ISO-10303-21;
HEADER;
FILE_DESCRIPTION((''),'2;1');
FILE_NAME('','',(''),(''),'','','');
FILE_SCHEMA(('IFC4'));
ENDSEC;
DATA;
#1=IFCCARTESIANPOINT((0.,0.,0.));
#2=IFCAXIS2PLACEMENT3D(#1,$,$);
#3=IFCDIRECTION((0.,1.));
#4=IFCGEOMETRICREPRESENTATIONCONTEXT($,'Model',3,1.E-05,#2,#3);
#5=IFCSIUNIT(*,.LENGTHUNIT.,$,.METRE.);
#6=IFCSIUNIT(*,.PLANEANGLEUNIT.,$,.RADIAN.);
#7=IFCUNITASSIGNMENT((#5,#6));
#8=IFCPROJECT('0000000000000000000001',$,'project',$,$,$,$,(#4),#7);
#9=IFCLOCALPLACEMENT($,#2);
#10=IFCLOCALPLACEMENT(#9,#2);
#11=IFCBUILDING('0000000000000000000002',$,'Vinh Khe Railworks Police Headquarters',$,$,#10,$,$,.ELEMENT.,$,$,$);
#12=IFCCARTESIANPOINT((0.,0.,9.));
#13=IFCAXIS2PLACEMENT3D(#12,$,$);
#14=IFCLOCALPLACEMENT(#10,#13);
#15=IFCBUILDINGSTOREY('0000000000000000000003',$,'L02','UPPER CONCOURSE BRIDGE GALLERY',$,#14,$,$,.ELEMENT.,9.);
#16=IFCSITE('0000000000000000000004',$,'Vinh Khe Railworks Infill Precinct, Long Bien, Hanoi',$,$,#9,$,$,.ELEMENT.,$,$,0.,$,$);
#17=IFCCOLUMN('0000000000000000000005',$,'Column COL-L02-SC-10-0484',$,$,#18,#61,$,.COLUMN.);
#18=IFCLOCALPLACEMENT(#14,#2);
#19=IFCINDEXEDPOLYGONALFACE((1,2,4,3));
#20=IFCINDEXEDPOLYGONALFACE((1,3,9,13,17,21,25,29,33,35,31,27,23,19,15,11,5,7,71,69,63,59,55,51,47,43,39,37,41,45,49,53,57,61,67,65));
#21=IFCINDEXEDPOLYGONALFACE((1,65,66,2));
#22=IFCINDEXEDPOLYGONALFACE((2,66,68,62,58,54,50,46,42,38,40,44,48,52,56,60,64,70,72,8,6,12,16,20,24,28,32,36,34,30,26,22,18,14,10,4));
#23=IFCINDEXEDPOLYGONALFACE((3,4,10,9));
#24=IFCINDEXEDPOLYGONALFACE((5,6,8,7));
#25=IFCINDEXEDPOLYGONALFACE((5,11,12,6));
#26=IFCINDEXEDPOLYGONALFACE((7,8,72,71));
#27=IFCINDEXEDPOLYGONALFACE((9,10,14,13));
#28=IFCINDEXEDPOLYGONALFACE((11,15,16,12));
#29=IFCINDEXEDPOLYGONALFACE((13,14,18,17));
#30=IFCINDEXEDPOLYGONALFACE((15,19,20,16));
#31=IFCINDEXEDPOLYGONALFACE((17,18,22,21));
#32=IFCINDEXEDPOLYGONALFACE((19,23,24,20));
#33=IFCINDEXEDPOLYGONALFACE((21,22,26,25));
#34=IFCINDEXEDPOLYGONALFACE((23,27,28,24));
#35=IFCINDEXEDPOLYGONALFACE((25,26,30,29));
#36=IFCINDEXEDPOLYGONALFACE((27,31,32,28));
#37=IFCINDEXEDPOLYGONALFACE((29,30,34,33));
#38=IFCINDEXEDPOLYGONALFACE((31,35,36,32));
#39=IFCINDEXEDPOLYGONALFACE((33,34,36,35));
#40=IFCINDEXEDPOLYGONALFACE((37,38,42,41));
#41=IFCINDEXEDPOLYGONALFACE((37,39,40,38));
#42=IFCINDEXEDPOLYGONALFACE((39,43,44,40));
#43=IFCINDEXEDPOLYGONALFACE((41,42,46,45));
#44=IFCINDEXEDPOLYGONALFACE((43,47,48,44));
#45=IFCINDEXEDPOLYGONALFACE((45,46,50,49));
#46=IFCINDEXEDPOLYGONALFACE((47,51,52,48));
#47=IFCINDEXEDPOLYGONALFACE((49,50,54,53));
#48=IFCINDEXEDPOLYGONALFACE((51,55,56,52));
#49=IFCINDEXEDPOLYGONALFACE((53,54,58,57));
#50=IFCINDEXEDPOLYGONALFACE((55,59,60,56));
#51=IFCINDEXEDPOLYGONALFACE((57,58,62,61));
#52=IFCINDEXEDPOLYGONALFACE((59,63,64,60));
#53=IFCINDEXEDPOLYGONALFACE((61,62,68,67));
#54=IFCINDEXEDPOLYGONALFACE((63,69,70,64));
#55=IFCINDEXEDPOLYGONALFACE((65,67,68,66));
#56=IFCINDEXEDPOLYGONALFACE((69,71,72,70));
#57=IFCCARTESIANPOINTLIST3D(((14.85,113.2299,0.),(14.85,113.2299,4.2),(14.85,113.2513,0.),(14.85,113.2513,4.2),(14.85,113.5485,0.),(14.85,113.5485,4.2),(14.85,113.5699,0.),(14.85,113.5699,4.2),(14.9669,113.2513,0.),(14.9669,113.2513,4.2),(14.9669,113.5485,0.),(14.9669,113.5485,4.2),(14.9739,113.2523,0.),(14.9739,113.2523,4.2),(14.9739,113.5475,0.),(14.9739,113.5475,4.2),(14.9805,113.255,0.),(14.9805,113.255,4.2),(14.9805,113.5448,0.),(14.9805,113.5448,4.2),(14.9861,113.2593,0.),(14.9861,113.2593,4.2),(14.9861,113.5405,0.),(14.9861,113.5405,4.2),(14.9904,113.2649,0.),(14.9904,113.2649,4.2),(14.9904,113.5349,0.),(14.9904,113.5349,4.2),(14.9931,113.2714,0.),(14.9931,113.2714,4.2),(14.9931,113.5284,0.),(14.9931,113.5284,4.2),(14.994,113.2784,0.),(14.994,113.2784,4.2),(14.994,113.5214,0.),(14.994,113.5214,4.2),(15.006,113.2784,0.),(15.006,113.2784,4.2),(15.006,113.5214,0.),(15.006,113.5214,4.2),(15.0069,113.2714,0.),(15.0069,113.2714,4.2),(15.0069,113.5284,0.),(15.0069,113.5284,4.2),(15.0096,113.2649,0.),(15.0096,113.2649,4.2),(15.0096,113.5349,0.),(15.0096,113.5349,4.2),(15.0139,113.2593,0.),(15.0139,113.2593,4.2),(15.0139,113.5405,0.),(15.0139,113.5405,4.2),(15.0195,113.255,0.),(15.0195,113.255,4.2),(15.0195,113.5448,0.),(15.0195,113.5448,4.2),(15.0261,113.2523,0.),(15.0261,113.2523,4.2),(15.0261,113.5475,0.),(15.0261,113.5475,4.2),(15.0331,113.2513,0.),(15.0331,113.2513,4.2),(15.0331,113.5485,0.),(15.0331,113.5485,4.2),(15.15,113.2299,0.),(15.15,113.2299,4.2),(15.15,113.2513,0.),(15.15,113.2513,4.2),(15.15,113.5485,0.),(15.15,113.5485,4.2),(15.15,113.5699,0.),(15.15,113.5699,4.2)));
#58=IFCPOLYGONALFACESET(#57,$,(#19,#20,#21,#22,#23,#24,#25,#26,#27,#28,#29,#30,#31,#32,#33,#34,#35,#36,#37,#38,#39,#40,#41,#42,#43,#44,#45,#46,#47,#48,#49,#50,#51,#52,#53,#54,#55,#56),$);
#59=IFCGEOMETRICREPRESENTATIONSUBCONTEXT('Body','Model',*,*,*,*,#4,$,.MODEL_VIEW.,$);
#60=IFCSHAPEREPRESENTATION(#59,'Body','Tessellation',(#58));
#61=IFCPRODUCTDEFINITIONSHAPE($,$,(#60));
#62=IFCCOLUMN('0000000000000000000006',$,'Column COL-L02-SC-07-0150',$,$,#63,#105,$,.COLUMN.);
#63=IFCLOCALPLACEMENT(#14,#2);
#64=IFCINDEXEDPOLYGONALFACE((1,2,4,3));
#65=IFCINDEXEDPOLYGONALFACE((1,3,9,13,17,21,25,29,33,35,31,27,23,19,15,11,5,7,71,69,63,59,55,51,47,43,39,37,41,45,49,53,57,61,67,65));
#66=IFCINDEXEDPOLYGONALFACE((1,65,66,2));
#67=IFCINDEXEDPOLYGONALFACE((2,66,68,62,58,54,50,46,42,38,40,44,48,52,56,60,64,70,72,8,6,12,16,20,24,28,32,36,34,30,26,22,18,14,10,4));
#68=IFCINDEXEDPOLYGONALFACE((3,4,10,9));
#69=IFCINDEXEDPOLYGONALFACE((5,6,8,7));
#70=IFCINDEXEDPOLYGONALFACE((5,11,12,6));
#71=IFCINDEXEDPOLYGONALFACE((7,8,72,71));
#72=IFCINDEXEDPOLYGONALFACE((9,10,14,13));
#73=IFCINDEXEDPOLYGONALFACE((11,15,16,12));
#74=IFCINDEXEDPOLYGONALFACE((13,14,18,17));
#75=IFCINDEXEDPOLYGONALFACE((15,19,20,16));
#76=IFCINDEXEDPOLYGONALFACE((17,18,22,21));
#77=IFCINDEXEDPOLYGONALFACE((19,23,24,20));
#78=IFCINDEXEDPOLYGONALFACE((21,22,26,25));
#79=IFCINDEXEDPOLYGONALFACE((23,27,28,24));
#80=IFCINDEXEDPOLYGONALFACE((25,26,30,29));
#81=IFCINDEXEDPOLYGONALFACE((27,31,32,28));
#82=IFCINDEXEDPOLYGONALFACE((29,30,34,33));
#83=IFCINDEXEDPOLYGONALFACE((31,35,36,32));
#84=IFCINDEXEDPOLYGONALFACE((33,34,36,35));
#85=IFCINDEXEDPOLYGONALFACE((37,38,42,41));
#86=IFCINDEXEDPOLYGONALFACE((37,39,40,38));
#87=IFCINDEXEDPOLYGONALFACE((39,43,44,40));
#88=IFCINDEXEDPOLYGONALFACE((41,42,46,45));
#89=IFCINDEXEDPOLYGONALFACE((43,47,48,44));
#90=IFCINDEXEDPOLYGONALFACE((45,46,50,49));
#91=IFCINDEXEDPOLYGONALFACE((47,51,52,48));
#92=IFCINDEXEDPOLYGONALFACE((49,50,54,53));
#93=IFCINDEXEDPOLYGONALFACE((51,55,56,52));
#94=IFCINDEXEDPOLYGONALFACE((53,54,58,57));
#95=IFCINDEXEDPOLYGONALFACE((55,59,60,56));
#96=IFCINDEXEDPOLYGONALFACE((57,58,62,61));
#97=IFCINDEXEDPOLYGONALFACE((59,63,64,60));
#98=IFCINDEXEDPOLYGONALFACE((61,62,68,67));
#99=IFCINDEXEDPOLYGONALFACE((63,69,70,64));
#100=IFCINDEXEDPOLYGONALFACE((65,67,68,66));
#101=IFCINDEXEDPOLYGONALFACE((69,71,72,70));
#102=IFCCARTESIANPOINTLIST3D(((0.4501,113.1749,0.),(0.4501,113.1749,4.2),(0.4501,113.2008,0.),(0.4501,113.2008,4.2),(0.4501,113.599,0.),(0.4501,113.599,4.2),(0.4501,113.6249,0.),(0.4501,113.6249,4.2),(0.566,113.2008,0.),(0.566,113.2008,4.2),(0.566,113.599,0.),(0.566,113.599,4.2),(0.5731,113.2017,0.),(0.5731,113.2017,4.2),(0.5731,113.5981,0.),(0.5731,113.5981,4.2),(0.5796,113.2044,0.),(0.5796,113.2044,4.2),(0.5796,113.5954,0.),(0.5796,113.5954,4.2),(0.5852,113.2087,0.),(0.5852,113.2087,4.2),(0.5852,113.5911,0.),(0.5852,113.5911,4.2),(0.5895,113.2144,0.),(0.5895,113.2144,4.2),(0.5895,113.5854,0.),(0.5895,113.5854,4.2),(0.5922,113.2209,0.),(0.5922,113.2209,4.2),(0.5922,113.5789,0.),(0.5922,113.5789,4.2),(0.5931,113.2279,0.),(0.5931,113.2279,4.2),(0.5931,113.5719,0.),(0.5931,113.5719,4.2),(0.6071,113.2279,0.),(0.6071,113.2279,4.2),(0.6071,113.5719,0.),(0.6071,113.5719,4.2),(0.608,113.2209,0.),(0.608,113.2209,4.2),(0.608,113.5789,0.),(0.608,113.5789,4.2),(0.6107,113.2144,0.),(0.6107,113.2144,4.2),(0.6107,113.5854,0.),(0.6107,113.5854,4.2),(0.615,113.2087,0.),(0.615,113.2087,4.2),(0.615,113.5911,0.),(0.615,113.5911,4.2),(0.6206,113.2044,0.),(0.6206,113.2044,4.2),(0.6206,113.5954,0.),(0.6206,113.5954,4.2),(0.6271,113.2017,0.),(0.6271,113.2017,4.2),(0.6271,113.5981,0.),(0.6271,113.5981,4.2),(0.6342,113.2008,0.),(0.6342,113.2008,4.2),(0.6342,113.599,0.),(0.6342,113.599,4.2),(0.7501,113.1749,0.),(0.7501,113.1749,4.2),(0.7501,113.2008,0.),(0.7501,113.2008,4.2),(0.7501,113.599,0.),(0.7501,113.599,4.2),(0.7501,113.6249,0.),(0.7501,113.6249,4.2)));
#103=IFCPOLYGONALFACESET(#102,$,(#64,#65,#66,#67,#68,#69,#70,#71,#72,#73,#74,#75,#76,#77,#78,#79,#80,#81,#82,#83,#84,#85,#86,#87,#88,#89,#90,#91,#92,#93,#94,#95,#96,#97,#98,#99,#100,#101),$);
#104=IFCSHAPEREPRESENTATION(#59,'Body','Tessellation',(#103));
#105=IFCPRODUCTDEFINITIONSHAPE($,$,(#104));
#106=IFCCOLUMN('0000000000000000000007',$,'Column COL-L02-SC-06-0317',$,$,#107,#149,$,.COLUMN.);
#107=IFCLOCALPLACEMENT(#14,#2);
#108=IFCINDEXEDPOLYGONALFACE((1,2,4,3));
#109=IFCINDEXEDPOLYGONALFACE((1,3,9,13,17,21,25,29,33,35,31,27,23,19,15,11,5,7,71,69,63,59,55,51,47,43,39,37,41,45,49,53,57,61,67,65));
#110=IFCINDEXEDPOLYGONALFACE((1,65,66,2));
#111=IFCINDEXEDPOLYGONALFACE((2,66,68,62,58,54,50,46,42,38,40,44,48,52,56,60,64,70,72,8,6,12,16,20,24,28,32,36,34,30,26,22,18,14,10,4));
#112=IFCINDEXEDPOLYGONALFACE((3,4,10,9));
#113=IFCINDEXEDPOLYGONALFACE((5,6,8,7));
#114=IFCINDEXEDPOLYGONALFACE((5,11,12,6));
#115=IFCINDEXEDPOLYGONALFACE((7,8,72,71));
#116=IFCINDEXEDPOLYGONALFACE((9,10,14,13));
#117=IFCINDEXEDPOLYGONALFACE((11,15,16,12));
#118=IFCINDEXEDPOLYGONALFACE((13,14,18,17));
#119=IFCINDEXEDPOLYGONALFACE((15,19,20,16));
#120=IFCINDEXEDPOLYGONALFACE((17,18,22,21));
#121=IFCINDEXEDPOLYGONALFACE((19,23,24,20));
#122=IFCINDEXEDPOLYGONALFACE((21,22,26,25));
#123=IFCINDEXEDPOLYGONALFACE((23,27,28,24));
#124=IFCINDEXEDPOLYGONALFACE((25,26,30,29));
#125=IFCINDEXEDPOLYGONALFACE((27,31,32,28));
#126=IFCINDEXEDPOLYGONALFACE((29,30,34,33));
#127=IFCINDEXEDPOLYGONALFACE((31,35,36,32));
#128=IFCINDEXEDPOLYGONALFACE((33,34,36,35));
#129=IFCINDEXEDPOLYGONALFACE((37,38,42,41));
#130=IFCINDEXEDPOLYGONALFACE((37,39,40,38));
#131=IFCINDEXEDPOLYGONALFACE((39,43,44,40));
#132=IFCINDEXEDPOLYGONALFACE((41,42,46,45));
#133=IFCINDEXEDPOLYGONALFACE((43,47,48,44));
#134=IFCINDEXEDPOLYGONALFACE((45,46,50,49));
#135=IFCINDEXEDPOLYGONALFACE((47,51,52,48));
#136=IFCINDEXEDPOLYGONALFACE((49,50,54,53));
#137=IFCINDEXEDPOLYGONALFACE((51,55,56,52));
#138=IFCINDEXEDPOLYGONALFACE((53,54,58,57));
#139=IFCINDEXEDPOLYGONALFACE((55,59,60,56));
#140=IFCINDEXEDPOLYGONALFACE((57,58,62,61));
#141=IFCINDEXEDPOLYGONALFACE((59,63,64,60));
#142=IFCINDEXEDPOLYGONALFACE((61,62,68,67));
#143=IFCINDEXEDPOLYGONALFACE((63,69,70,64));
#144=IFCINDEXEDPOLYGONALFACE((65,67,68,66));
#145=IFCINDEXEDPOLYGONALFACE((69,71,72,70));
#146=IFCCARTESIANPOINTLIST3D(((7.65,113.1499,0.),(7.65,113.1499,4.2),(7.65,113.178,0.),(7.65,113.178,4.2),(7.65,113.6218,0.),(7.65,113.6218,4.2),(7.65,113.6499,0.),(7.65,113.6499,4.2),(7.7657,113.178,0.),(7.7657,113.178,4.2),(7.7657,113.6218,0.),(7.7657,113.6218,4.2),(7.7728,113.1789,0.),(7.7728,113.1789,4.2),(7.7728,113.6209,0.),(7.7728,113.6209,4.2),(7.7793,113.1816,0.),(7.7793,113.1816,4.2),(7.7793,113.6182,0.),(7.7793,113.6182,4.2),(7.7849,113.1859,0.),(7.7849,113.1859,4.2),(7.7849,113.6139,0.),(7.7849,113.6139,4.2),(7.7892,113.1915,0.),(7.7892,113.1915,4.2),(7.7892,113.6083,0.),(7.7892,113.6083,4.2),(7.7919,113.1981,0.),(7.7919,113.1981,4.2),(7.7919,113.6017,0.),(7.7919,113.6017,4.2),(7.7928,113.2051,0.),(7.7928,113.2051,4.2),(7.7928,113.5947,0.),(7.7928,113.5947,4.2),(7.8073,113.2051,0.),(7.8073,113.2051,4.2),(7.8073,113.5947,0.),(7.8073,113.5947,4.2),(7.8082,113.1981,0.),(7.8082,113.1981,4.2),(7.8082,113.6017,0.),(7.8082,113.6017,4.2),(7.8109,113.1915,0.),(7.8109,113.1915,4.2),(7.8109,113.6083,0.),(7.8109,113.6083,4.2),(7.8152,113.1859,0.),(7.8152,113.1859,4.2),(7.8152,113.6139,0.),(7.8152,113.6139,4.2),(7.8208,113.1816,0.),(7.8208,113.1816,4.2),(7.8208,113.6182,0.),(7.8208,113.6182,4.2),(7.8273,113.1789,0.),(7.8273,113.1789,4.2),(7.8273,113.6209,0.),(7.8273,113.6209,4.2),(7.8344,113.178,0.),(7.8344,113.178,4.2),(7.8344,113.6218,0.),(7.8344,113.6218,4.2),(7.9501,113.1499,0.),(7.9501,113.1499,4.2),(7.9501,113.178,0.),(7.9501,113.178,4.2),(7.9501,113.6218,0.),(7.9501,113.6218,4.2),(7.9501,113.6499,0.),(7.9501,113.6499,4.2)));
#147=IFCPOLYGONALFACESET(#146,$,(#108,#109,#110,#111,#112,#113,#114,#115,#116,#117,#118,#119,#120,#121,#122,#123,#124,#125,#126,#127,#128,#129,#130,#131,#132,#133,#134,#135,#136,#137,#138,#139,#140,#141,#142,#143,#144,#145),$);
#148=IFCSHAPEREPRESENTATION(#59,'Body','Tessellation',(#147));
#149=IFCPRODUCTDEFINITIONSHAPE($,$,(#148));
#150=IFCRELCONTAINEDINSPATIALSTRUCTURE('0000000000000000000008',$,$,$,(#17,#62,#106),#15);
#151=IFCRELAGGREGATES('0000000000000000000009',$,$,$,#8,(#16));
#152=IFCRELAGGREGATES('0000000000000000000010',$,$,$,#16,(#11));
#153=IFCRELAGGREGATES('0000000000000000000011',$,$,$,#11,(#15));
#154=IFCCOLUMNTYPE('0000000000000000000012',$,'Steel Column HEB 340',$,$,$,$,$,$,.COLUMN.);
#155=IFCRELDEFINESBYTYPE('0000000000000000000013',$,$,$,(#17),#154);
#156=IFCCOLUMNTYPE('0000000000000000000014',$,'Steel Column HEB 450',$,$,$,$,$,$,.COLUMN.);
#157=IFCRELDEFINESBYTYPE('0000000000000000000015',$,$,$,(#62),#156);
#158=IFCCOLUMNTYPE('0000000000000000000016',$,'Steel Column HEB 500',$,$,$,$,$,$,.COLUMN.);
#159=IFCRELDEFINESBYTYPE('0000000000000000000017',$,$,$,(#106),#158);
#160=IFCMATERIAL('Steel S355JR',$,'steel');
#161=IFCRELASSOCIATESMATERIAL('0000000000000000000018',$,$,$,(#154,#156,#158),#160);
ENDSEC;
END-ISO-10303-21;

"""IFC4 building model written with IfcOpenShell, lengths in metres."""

from ifc_helpers import new_model, si_unit, direction, frame, origin, origin_2d, place, context, subcontext, project, spatial, i_section, extrude, material, material_profile, profile_set, type_object, element, save


model = new_model("IFC4")

# Units and contexts
model_context = context("Model", 3, precision=1e-05, world=origin(), true_north=direction((0.0, 1.0)))
body_context = subcontext(model_context, "Body", "Model", "MODEL_VIEW")
ifc_project = project(units=[si_unit("LENGTHUNIT", "METRE"), si_unit("PLANEANGLEUNIT", "RADIAN")], contexts=[model_context])

# Site, building, storey
site_placement = place(None, origin())
site = spatial("IfcSite", under=ifc_project, at=site_placement, Name="Vinh Khe Railworks Infill Precinct, Long Bien, Hanoi", CompositionType="ELEMENT", RefElevation=0.0)
building_placement = place(site_placement, origin())
building = spatial("IfcBuilding", under=site, at=building_placement, Name="Vinh Khe Railworks Police Headquarters", CompositionType="ELEMENT")
storey_placement = place(building_placement, frame((0.0, 0.0, 9.0)))
storey = spatial("IfcBuildingStorey", under=building, at=storey_placement, Name="L02", Description="UPPER CONCOURSE BRIDGE GALLERY", CompositionType="ELEMENT", Elevation=9.0)

# Columns
ifc_material_1 = material(Name="Steel S355JR", Category="steel")
ifc_material_profile_1 = material_profile(ifc_material_1, i_section(OverallWidth=0.3, OverallDepth=0.3401, WebThickness=0.012, FlangeThickness=0.0215, FilletRadius=0.0271, at=origin_2d()), Name="HEB 340")
ifc_profile_set_1 = profile_set([ifc_material_profile_1], Name="Steel S355JR")
column_type_1 = type_object("IfcColumnType", Name="Steel Column HEB 340", PredefinedType="COLUMN", material=ifc_profile_set_1)
column_1_placement = place(storey_placement, frame((15.0, 113.3999, 0.0), z_axis=(0.0, 0.0, 1.0), x_axis=(1.0, 0.0, 0.0)))
element("IfcColumn", 1, at=column_1_placement, inside=storey, type_object=column_type_1, Name="Column COL-L02-SC-10-0484", PredefinedType="COLUMN", context=body_context, shape_type="SweptSolid", body=[
    extrude(i_section(OverallWidth=0.3, OverallDepth=0.3401, WebThickness=0.012, FlangeThickness=0.0215, FilletRadius=0.0271, at=origin_2d()), origin(), (0.0, 0.0, 1.0), 4.2),
])
ifc_material_profile_2 = material_profile(ifc_material_1, i_section(OverallWidth=0.3, OverallDepth=0.45, WebThickness=0.0139, FlangeThickness=0.0259, FilletRadius=0.0271, at=origin_2d()), Name="HEB 450")
ifc_profile_set_2 = profile_set([ifc_material_profile_2], Name="Steel S355JR")
column_type_2 = type_object("IfcColumnType", Name="Steel Column HEB 450", PredefinedType="COLUMN", material=ifc_profile_set_2)
column_2_placement = place(storey_placement, frame((0.6001, 113.3999, 0.0), z_axis=(0.0, 0.0, 1.0), x_axis=(1.0, 0.0, 0.0)))
element("IfcColumn", 2, at=column_2_placement, inside=storey, type_object=column_type_2, Name="Column COL-L02-SC-07-0150", PredefinedType="COLUMN", context=body_context, shape_type="SweptSolid", body=[
    extrude(i_section(OverallWidth=0.3, OverallDepth=0.45, WebThickness=0.0139, FlangeThickness=0.0259, FilletRadius=0.0271, at=origin_2d()), origin(), (0.0, 0.0, 1.0), 4.2),
])
ifc_material_profile_3 = material_profile(ifc_material_1, i_section(OverallWidth=0.3, OverallDepth=0.5, WebThickness=0.0144, FlangeThickness=0.0281, FilletRadius=0.0271, at=origin_2d()), Name="HEB 500")
ifc_profile_set_3 = profile_set([ifc_material_profile_3], Name="Steel S355JR")
column_type_3 = type_object("IfcColumnType", Name="Steel Column HEB 500", PredefinedType="COLUMN", material=ifc_profile_set_3)
column_3_placement = place(storey_placement, frame((7.8, 113.3999, 0.0), z_axis=(0.0, 0.0, 1.0), x_axis=(1.0, 0.0, 0.0)))
element("IfcColumn", 3, at=column_3_placement, inside=storey, type_object=column_type_3, Name="Column COL-L02-SC-06-0317", PredefinedType="COLUMN", context=body_context, shape_type="SweptSolid", body=[
    extrude(i_section(OverallWidth=0.3, OverallDepth=0.5, WebThickness=0.0144, FlangeThickness=0.0281, FilletRadius=0.0271, at=origin_2d()), origin(), (0.0, 0.0, 1.0), 4.2),
])

save(model, "model.ifc")
